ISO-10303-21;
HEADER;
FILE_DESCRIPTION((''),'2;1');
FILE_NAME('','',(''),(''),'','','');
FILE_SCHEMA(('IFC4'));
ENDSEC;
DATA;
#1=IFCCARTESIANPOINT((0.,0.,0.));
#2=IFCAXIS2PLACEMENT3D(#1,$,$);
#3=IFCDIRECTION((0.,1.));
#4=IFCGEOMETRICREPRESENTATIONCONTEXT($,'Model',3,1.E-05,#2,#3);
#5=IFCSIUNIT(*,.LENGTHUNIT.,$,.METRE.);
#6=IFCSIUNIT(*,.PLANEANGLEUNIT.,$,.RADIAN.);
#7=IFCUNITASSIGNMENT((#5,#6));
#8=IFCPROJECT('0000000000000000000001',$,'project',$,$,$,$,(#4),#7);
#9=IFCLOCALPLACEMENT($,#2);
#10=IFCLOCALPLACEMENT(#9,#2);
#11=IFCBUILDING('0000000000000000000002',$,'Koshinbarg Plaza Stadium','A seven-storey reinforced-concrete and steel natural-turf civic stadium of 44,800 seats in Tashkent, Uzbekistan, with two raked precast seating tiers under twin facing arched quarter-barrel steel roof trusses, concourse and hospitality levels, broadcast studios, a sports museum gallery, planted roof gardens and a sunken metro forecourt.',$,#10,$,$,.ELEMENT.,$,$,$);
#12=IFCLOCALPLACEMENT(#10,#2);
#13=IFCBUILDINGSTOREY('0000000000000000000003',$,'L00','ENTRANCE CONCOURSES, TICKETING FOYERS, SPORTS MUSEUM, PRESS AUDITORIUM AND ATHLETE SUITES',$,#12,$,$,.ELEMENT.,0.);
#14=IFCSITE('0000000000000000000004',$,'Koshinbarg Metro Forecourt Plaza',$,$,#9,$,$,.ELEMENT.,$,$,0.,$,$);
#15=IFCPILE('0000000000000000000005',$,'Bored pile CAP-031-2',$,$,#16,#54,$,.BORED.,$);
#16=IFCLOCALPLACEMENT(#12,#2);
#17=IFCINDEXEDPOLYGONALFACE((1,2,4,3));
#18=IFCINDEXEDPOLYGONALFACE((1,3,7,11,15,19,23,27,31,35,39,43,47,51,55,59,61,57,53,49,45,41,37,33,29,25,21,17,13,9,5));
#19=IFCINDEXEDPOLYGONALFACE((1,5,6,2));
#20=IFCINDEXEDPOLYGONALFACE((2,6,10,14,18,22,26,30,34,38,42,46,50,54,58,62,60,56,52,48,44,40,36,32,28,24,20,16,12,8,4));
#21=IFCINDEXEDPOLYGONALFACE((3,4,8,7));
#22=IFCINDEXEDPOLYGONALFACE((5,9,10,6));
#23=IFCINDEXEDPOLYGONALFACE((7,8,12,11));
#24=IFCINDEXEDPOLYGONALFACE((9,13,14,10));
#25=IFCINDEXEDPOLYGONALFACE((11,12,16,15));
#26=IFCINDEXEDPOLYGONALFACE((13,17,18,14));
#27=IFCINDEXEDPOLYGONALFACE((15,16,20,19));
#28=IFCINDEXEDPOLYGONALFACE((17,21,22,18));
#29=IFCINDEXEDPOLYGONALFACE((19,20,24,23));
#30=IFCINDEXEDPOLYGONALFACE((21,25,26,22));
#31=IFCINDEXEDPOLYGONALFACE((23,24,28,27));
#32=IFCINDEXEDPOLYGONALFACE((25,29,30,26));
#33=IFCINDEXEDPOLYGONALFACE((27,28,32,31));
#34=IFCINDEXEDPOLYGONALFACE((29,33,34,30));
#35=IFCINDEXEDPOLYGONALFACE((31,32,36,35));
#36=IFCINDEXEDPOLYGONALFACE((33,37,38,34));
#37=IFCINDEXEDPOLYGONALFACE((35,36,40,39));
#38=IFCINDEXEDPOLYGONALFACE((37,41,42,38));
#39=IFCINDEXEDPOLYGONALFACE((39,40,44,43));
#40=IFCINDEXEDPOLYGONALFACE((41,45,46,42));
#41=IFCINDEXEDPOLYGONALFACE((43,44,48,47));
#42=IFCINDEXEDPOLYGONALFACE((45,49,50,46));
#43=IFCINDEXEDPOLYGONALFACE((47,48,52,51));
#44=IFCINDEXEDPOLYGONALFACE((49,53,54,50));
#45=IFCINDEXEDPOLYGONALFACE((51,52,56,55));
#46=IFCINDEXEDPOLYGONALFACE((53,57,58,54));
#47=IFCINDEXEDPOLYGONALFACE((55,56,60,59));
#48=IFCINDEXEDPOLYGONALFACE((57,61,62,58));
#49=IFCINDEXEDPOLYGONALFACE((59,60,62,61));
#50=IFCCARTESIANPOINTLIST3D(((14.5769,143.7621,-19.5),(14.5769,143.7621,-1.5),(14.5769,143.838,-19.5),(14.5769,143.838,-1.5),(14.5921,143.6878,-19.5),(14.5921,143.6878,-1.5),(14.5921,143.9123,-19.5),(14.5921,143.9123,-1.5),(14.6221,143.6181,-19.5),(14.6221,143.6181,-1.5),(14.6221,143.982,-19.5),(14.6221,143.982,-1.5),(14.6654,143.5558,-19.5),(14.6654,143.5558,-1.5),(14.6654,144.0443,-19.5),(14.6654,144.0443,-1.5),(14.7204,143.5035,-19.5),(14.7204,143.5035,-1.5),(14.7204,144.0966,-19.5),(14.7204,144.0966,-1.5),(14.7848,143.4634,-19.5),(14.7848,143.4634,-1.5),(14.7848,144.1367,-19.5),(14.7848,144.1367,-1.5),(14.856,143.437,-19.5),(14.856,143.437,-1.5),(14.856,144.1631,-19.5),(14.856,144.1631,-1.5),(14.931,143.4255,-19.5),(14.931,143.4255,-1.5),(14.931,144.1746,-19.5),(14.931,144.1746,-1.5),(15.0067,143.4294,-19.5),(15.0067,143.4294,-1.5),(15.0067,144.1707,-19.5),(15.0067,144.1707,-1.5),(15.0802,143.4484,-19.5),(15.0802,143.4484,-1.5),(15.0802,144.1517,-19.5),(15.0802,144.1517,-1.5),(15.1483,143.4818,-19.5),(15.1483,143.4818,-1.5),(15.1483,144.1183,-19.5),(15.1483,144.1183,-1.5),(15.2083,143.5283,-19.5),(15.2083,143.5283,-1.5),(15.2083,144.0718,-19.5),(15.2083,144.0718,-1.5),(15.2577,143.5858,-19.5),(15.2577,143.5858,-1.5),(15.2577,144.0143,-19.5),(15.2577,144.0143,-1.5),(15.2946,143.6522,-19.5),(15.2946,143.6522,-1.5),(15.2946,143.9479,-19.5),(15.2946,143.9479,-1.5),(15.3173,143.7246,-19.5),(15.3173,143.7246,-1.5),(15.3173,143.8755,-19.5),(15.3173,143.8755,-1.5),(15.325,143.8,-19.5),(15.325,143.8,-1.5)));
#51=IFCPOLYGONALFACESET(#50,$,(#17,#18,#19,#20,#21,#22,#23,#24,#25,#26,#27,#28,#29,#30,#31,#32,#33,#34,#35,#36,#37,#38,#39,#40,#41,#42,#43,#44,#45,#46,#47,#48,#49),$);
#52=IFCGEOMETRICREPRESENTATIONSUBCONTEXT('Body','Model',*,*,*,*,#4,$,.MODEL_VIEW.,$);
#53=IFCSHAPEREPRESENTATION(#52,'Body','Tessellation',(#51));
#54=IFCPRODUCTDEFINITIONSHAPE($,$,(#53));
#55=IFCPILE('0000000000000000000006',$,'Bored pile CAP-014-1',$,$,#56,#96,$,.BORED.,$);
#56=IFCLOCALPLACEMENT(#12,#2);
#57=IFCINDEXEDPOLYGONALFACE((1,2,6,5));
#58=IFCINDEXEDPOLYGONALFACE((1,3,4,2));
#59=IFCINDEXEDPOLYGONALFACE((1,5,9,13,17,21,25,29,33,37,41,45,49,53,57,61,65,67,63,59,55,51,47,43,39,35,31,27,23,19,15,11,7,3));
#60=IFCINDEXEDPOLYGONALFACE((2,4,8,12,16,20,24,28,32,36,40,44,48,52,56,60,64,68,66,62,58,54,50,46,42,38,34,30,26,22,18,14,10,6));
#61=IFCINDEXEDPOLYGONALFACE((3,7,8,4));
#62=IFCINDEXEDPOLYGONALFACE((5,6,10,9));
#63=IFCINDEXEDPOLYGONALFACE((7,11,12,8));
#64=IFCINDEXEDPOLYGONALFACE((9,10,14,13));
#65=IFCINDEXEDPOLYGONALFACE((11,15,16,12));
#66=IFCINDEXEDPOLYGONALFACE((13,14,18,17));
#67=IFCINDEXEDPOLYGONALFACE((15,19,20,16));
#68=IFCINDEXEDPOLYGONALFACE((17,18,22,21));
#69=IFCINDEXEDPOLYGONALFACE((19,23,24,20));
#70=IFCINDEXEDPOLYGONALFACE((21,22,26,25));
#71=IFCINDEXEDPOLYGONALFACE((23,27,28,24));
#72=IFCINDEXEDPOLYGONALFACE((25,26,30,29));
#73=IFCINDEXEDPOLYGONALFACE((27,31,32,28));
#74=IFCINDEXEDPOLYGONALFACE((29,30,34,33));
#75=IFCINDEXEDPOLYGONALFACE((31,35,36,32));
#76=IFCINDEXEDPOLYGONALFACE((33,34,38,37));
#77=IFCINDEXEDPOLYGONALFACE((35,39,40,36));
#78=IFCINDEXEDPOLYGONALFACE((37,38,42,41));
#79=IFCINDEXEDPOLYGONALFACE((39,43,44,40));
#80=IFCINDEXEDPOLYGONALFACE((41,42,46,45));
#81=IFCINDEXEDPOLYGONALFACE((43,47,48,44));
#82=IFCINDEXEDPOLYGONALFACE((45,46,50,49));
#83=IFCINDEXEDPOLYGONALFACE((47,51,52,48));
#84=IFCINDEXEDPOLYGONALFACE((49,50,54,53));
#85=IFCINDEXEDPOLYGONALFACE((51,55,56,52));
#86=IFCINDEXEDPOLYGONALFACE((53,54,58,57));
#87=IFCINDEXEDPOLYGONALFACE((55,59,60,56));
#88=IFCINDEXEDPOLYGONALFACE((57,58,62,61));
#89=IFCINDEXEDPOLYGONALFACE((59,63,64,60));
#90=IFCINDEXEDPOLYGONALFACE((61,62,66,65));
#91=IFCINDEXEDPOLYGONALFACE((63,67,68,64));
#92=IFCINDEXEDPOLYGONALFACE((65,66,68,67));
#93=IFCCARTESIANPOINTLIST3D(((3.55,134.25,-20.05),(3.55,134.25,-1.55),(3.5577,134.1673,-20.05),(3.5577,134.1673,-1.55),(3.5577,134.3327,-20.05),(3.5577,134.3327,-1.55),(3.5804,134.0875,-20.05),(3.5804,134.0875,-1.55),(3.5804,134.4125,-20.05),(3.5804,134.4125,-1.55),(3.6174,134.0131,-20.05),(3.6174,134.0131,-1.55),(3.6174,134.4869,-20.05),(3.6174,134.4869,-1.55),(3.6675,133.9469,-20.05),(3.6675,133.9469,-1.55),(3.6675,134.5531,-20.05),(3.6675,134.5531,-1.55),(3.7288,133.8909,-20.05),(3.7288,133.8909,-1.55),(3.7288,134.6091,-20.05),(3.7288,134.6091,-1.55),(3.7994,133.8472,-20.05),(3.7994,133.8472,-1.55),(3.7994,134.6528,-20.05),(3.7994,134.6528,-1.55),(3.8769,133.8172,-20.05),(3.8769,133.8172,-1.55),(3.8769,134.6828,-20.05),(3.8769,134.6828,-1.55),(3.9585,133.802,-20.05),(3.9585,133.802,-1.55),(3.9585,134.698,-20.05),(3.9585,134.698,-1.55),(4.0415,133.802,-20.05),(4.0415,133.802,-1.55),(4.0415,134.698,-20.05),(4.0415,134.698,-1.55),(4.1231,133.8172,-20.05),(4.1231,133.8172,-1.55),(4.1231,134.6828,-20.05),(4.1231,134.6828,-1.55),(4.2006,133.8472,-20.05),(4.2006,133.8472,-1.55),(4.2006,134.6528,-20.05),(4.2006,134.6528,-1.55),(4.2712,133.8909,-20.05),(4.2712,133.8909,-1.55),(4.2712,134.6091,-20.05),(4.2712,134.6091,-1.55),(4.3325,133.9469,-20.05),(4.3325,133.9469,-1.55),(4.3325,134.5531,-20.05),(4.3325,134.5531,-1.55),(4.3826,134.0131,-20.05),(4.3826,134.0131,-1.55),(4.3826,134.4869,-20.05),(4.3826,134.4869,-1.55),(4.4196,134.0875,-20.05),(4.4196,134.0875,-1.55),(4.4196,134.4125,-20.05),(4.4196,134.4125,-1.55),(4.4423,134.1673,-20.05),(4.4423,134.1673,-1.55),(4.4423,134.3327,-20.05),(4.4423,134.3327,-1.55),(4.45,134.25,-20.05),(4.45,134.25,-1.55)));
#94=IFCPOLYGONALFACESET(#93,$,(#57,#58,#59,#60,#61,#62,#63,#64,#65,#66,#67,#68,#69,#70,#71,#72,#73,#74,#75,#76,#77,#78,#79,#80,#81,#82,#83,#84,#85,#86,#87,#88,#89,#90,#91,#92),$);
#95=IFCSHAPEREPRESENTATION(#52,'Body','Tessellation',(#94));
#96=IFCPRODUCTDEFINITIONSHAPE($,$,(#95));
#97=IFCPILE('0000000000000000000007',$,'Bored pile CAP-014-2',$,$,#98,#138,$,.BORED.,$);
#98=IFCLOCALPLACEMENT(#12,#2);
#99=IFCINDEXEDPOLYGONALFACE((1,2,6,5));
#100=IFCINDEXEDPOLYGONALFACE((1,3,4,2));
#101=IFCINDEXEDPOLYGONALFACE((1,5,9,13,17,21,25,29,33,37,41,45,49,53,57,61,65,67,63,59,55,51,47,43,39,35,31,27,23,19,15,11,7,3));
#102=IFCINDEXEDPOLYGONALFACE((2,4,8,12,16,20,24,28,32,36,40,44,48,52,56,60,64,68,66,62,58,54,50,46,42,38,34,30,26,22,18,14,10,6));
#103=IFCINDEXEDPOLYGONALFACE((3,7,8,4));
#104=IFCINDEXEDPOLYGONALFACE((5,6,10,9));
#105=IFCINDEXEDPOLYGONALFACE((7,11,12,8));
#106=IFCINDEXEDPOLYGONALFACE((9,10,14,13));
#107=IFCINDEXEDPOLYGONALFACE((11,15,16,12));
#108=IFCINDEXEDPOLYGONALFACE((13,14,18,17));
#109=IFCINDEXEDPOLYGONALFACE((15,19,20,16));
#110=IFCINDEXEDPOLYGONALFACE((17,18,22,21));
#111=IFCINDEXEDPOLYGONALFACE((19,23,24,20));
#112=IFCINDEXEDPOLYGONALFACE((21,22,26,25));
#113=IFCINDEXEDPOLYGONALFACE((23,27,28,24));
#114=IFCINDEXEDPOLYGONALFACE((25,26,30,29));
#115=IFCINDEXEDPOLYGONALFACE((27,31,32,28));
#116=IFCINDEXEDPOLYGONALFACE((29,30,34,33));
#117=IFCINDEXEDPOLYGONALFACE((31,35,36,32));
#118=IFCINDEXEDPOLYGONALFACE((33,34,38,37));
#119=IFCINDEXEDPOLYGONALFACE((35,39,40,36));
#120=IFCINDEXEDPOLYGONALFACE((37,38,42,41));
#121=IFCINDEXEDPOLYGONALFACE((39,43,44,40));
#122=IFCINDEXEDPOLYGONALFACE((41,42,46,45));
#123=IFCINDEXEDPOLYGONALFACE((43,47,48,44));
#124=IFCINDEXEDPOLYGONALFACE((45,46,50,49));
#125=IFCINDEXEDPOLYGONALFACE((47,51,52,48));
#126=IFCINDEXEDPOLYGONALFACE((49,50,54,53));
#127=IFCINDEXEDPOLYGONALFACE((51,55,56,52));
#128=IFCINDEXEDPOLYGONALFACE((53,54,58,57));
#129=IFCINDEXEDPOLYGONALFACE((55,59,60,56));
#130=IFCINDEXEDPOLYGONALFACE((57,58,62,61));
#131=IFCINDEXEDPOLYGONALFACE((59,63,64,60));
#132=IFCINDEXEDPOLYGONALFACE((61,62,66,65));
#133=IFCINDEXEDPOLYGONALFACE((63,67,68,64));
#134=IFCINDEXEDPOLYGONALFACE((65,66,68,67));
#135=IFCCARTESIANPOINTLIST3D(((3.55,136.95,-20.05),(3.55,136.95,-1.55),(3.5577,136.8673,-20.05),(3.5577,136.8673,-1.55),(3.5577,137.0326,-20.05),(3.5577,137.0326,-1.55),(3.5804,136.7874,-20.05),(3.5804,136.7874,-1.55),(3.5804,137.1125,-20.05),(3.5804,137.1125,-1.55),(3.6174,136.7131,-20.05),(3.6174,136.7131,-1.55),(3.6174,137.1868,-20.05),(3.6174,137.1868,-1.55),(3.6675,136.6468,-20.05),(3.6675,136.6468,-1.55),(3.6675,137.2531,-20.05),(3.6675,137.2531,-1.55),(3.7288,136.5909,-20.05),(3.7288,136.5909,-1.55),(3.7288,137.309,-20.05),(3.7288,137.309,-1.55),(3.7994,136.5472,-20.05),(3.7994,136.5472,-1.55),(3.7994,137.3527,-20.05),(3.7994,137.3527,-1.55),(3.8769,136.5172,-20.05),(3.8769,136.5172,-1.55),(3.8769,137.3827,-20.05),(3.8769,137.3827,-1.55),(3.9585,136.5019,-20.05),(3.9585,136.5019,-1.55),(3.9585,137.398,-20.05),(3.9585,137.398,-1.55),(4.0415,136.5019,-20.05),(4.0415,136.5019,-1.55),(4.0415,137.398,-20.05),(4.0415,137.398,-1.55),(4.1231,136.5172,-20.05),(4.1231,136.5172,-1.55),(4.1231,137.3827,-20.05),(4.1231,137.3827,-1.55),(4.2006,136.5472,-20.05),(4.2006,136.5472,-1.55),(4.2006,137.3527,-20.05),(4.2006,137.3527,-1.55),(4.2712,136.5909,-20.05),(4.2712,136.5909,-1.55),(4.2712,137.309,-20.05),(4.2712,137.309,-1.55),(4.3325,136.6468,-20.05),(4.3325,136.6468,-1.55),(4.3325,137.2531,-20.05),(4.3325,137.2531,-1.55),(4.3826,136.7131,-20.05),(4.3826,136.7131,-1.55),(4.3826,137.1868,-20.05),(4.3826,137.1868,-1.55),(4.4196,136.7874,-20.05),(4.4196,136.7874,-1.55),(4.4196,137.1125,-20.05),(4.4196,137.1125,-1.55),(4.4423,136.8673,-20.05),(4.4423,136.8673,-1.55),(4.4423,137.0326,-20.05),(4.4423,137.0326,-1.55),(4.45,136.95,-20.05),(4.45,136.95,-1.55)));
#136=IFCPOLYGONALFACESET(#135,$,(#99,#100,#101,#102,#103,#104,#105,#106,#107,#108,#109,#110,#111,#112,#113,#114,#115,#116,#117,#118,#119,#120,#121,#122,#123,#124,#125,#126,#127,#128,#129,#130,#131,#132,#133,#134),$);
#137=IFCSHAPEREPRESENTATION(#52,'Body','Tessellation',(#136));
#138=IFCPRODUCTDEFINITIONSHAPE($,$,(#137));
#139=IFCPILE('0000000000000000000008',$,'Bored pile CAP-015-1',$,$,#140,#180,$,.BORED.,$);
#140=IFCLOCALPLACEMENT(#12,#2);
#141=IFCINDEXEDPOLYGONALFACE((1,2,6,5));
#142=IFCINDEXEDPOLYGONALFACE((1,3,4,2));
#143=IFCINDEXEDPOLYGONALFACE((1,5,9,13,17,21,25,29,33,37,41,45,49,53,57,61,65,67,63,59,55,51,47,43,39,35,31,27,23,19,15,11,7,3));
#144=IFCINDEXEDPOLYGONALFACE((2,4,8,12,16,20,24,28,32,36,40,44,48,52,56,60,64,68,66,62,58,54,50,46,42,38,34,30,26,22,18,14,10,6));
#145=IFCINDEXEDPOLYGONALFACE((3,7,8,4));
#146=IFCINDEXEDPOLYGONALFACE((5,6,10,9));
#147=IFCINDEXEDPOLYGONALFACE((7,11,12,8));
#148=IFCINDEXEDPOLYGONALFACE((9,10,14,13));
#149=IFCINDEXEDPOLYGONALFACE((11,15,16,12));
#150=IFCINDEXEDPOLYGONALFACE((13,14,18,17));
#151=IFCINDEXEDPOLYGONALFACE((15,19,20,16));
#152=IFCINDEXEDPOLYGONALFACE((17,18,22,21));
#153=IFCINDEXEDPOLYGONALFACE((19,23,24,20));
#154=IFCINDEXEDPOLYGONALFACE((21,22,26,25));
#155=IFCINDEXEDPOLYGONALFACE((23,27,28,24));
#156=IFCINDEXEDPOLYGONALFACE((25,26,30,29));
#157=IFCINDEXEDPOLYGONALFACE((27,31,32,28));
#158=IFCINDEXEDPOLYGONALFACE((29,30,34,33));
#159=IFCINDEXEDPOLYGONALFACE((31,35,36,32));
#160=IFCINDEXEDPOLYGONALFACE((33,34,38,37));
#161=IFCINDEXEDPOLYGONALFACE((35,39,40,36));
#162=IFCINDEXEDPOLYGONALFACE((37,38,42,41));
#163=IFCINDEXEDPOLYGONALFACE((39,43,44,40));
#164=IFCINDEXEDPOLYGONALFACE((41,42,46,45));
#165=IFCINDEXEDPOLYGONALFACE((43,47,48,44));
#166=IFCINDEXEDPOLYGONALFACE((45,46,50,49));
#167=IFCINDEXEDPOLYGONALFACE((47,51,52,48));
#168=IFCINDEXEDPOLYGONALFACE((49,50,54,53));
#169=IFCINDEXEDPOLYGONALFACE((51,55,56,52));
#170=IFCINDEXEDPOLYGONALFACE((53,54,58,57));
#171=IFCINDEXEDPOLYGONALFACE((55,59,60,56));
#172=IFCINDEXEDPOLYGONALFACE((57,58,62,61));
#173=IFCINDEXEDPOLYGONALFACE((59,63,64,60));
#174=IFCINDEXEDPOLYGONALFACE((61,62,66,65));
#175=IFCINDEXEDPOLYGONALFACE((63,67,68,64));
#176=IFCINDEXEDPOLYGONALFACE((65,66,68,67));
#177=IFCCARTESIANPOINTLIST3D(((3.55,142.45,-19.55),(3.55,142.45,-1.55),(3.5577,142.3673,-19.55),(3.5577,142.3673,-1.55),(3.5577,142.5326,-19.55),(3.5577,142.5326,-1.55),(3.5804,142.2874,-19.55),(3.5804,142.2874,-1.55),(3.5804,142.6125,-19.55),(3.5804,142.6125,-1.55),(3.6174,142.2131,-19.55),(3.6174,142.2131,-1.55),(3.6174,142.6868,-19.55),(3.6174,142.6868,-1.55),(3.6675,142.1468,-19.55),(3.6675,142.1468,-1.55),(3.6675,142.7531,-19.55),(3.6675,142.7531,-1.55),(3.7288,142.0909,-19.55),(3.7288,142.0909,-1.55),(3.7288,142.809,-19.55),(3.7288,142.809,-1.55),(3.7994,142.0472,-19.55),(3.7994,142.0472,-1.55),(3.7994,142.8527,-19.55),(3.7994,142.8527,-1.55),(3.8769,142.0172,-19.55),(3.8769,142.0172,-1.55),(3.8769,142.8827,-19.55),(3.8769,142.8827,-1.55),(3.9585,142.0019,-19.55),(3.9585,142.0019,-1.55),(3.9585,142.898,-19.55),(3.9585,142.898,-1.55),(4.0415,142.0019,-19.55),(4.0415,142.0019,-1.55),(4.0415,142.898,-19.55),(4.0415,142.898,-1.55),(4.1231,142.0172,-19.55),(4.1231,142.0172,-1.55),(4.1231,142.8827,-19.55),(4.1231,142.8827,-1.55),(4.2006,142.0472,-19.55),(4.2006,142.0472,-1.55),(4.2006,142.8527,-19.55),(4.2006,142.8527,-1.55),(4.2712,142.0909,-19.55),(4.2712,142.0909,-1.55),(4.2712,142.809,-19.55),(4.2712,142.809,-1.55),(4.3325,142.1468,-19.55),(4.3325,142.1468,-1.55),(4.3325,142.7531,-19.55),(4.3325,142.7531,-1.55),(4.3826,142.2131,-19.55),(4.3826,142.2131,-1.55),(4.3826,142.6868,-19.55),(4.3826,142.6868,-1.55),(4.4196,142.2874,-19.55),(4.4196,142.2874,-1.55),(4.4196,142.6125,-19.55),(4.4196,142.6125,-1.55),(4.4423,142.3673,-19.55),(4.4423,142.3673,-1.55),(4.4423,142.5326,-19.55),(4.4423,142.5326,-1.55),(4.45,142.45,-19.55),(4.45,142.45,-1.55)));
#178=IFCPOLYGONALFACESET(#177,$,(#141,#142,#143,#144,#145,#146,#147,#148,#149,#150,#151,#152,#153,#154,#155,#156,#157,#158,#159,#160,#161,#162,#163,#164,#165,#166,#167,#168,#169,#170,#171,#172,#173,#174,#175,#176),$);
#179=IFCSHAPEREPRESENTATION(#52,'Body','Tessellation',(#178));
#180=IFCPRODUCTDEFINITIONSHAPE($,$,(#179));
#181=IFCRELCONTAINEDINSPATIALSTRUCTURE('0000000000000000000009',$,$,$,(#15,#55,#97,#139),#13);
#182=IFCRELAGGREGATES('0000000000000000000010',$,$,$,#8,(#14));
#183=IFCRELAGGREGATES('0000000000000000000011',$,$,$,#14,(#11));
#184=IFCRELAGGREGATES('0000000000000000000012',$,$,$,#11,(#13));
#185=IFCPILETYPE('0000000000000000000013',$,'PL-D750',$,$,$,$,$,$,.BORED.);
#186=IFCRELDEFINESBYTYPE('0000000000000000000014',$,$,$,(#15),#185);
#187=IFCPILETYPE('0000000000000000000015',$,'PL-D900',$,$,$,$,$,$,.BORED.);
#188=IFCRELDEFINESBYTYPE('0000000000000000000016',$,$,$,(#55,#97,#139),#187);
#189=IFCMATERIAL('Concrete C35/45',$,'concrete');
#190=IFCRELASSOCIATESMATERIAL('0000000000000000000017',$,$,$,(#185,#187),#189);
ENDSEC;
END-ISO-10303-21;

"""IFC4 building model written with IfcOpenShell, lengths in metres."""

from ifc_helpers import new_model, si_unit, direction, frame, origin, origin_2d, place, context, subcontext, project, spatial, circle, extrude, material, material_profile, profile_set, type_object, element, save


model = new_model("IFC4")

# Units and contexts
model_context = context("Model", 3, precision=1e-05, world=origin(), true_north=direction((0.0, 1.0)))
body_context = subcontext(model_context, "Body", "Model", "MODEL_VIEW")
ifc_project = project(units=[si_unit("LENGTHUNIT", "METRE"), si_unit("PLANEANGLEUNIT", "RADIAN")], contexts=[model_context])

# Site, building, storey
site_placement = place(None, origin())
site = spatial("IfcSite", under=ifc_project, at=site_placement, Name="Koshinbarg Metro Forecourt Plaza", CompositionType="ELEMENT", RefElevation=0.0)
building_placement = place(site_placement, origin())
building = spatial("IfcBuilding", under=site, at=building_placement, Name="Koshinbarg Plaza Stadium", Description="A seven-storey reinforced-concrete and steel natural-turf civic stadium of 44,800 seats in Tashkent, Uzbekistan, with two raked precast seating tiers under twin facing arched quarter-barrel steel roof trusses, concourse and hospitality levels, broadcast studios, a sports museum gallery, planted roof gardens and a sunken metro forecourt.", CompositionType="ELEMENT")
storey_placement = place(building_placement, origin())
storey = spatial("IfcBuildingStorey", under=building, at=storey_placement, Name="L00", Description="ENTRANCE CONCOURSES, TICKETING FOYERS, SPORTS MUSEUM, PRESS AUDITORIUM AND ATHLETE SUITES", CompositionType="ELEMENT", Elevation=0.0)

# Shared definitions
ifc_material_1 = material(Name="Concrete C35/45", Category="concrete")

# Piles
ifc_material_profile_1 = material_profile(ifc_material_1, circle(Radius=0.375, at=origin_2d()), Name="PILE D750")
ifc_profile_set_1 = profile_set([ifc_material_profile_1], Name="Concrete C35/45")
pile_type_1 = type_object("IfcPileType", Name="PL-D750", PredefinedType="BORED", material=ifc_profile_set_1)
for number, where, z_axis, x_axis, name in (
    (1, (14.95, 143.8, -1.5), (0.0, 0.0, -1.0), (1.0, 0.0, 0.0), "Bored pile CAP-031-2"),
):
    element("IfcPile", number, at=place(storey_placement, frame(where, z_axis=z_axis, x_axis=x_axis)), inside=storey, type_object=pile_type_1, Name=name, PredefinedType="BORED", context=body_context, shape_type="SweptSolid", body=[
        extrude(circle(Radius=0.375, at=origin_2d()), origin(), (0.0, 0.0, 1.0), 18.0),
    ])
ifc_material_profile_2 = material_profile(ifc_material_1, circle(Radius=0.45, at=origin_2d()), Name="PILE D900")
ifc_profile_set_2 = profile_set([ifc_material_profile_2], Name="Concrete C35/45")
pile_type_2 = type_object("IfcPileType", Name="PL-D900", PredefinedType="BORED", material=ifc_profile_set_2)
for number, where, z_axis, x_axis, name in (
    (2, (4.0, 134.25, -1.55), (0.0, 0.0, -1.0), (1.0, 0.0, 0.0), "Bored pile CAP-014-1"),
    (3, (4.0, 136.95, -1.55), (0.0, 0.0, -1.0), (1.0, 0.0, 0.0), "Bored pile CAP-014-2"),
):
    element("IfcPile", number, at=place(storey_placement, frame(where, z_axis=z_axis, x_axis=x_axis)), inside=storey, type_object=pile_type_2, Name=name, PredefinedType="BORED", context=body_context, shape_type="SweptSolid", body=[
        extrude(circle(Radius=0.45, at=origin_2d()), origin(), (0.0, 0.0, 1.0), 18.5),
    ])
for number, where, z_axis, x_axis, name in (
    (4, (4.0, 142.45, -1.55), (0.0, 0.0, -1.0), (1.0, 0.0, 0.0), "Bored pile CAP-015-1"),
):
    element("IfcPile", number, at=place(storey_placement, frame(where, z_axis=z_axis, x_axis=x_axis)), inside=storey, type_object=pile_type_2, Name=name, PredefinedType="BORED", context=body_context, shape_type="SweptSolid", body=[
        extrude(circle(Radius=0.45, at=origin_2d()), origin(), (0.0, 0.0, 1.0), 18.0),
    ])

save(model, "model.ifc")
